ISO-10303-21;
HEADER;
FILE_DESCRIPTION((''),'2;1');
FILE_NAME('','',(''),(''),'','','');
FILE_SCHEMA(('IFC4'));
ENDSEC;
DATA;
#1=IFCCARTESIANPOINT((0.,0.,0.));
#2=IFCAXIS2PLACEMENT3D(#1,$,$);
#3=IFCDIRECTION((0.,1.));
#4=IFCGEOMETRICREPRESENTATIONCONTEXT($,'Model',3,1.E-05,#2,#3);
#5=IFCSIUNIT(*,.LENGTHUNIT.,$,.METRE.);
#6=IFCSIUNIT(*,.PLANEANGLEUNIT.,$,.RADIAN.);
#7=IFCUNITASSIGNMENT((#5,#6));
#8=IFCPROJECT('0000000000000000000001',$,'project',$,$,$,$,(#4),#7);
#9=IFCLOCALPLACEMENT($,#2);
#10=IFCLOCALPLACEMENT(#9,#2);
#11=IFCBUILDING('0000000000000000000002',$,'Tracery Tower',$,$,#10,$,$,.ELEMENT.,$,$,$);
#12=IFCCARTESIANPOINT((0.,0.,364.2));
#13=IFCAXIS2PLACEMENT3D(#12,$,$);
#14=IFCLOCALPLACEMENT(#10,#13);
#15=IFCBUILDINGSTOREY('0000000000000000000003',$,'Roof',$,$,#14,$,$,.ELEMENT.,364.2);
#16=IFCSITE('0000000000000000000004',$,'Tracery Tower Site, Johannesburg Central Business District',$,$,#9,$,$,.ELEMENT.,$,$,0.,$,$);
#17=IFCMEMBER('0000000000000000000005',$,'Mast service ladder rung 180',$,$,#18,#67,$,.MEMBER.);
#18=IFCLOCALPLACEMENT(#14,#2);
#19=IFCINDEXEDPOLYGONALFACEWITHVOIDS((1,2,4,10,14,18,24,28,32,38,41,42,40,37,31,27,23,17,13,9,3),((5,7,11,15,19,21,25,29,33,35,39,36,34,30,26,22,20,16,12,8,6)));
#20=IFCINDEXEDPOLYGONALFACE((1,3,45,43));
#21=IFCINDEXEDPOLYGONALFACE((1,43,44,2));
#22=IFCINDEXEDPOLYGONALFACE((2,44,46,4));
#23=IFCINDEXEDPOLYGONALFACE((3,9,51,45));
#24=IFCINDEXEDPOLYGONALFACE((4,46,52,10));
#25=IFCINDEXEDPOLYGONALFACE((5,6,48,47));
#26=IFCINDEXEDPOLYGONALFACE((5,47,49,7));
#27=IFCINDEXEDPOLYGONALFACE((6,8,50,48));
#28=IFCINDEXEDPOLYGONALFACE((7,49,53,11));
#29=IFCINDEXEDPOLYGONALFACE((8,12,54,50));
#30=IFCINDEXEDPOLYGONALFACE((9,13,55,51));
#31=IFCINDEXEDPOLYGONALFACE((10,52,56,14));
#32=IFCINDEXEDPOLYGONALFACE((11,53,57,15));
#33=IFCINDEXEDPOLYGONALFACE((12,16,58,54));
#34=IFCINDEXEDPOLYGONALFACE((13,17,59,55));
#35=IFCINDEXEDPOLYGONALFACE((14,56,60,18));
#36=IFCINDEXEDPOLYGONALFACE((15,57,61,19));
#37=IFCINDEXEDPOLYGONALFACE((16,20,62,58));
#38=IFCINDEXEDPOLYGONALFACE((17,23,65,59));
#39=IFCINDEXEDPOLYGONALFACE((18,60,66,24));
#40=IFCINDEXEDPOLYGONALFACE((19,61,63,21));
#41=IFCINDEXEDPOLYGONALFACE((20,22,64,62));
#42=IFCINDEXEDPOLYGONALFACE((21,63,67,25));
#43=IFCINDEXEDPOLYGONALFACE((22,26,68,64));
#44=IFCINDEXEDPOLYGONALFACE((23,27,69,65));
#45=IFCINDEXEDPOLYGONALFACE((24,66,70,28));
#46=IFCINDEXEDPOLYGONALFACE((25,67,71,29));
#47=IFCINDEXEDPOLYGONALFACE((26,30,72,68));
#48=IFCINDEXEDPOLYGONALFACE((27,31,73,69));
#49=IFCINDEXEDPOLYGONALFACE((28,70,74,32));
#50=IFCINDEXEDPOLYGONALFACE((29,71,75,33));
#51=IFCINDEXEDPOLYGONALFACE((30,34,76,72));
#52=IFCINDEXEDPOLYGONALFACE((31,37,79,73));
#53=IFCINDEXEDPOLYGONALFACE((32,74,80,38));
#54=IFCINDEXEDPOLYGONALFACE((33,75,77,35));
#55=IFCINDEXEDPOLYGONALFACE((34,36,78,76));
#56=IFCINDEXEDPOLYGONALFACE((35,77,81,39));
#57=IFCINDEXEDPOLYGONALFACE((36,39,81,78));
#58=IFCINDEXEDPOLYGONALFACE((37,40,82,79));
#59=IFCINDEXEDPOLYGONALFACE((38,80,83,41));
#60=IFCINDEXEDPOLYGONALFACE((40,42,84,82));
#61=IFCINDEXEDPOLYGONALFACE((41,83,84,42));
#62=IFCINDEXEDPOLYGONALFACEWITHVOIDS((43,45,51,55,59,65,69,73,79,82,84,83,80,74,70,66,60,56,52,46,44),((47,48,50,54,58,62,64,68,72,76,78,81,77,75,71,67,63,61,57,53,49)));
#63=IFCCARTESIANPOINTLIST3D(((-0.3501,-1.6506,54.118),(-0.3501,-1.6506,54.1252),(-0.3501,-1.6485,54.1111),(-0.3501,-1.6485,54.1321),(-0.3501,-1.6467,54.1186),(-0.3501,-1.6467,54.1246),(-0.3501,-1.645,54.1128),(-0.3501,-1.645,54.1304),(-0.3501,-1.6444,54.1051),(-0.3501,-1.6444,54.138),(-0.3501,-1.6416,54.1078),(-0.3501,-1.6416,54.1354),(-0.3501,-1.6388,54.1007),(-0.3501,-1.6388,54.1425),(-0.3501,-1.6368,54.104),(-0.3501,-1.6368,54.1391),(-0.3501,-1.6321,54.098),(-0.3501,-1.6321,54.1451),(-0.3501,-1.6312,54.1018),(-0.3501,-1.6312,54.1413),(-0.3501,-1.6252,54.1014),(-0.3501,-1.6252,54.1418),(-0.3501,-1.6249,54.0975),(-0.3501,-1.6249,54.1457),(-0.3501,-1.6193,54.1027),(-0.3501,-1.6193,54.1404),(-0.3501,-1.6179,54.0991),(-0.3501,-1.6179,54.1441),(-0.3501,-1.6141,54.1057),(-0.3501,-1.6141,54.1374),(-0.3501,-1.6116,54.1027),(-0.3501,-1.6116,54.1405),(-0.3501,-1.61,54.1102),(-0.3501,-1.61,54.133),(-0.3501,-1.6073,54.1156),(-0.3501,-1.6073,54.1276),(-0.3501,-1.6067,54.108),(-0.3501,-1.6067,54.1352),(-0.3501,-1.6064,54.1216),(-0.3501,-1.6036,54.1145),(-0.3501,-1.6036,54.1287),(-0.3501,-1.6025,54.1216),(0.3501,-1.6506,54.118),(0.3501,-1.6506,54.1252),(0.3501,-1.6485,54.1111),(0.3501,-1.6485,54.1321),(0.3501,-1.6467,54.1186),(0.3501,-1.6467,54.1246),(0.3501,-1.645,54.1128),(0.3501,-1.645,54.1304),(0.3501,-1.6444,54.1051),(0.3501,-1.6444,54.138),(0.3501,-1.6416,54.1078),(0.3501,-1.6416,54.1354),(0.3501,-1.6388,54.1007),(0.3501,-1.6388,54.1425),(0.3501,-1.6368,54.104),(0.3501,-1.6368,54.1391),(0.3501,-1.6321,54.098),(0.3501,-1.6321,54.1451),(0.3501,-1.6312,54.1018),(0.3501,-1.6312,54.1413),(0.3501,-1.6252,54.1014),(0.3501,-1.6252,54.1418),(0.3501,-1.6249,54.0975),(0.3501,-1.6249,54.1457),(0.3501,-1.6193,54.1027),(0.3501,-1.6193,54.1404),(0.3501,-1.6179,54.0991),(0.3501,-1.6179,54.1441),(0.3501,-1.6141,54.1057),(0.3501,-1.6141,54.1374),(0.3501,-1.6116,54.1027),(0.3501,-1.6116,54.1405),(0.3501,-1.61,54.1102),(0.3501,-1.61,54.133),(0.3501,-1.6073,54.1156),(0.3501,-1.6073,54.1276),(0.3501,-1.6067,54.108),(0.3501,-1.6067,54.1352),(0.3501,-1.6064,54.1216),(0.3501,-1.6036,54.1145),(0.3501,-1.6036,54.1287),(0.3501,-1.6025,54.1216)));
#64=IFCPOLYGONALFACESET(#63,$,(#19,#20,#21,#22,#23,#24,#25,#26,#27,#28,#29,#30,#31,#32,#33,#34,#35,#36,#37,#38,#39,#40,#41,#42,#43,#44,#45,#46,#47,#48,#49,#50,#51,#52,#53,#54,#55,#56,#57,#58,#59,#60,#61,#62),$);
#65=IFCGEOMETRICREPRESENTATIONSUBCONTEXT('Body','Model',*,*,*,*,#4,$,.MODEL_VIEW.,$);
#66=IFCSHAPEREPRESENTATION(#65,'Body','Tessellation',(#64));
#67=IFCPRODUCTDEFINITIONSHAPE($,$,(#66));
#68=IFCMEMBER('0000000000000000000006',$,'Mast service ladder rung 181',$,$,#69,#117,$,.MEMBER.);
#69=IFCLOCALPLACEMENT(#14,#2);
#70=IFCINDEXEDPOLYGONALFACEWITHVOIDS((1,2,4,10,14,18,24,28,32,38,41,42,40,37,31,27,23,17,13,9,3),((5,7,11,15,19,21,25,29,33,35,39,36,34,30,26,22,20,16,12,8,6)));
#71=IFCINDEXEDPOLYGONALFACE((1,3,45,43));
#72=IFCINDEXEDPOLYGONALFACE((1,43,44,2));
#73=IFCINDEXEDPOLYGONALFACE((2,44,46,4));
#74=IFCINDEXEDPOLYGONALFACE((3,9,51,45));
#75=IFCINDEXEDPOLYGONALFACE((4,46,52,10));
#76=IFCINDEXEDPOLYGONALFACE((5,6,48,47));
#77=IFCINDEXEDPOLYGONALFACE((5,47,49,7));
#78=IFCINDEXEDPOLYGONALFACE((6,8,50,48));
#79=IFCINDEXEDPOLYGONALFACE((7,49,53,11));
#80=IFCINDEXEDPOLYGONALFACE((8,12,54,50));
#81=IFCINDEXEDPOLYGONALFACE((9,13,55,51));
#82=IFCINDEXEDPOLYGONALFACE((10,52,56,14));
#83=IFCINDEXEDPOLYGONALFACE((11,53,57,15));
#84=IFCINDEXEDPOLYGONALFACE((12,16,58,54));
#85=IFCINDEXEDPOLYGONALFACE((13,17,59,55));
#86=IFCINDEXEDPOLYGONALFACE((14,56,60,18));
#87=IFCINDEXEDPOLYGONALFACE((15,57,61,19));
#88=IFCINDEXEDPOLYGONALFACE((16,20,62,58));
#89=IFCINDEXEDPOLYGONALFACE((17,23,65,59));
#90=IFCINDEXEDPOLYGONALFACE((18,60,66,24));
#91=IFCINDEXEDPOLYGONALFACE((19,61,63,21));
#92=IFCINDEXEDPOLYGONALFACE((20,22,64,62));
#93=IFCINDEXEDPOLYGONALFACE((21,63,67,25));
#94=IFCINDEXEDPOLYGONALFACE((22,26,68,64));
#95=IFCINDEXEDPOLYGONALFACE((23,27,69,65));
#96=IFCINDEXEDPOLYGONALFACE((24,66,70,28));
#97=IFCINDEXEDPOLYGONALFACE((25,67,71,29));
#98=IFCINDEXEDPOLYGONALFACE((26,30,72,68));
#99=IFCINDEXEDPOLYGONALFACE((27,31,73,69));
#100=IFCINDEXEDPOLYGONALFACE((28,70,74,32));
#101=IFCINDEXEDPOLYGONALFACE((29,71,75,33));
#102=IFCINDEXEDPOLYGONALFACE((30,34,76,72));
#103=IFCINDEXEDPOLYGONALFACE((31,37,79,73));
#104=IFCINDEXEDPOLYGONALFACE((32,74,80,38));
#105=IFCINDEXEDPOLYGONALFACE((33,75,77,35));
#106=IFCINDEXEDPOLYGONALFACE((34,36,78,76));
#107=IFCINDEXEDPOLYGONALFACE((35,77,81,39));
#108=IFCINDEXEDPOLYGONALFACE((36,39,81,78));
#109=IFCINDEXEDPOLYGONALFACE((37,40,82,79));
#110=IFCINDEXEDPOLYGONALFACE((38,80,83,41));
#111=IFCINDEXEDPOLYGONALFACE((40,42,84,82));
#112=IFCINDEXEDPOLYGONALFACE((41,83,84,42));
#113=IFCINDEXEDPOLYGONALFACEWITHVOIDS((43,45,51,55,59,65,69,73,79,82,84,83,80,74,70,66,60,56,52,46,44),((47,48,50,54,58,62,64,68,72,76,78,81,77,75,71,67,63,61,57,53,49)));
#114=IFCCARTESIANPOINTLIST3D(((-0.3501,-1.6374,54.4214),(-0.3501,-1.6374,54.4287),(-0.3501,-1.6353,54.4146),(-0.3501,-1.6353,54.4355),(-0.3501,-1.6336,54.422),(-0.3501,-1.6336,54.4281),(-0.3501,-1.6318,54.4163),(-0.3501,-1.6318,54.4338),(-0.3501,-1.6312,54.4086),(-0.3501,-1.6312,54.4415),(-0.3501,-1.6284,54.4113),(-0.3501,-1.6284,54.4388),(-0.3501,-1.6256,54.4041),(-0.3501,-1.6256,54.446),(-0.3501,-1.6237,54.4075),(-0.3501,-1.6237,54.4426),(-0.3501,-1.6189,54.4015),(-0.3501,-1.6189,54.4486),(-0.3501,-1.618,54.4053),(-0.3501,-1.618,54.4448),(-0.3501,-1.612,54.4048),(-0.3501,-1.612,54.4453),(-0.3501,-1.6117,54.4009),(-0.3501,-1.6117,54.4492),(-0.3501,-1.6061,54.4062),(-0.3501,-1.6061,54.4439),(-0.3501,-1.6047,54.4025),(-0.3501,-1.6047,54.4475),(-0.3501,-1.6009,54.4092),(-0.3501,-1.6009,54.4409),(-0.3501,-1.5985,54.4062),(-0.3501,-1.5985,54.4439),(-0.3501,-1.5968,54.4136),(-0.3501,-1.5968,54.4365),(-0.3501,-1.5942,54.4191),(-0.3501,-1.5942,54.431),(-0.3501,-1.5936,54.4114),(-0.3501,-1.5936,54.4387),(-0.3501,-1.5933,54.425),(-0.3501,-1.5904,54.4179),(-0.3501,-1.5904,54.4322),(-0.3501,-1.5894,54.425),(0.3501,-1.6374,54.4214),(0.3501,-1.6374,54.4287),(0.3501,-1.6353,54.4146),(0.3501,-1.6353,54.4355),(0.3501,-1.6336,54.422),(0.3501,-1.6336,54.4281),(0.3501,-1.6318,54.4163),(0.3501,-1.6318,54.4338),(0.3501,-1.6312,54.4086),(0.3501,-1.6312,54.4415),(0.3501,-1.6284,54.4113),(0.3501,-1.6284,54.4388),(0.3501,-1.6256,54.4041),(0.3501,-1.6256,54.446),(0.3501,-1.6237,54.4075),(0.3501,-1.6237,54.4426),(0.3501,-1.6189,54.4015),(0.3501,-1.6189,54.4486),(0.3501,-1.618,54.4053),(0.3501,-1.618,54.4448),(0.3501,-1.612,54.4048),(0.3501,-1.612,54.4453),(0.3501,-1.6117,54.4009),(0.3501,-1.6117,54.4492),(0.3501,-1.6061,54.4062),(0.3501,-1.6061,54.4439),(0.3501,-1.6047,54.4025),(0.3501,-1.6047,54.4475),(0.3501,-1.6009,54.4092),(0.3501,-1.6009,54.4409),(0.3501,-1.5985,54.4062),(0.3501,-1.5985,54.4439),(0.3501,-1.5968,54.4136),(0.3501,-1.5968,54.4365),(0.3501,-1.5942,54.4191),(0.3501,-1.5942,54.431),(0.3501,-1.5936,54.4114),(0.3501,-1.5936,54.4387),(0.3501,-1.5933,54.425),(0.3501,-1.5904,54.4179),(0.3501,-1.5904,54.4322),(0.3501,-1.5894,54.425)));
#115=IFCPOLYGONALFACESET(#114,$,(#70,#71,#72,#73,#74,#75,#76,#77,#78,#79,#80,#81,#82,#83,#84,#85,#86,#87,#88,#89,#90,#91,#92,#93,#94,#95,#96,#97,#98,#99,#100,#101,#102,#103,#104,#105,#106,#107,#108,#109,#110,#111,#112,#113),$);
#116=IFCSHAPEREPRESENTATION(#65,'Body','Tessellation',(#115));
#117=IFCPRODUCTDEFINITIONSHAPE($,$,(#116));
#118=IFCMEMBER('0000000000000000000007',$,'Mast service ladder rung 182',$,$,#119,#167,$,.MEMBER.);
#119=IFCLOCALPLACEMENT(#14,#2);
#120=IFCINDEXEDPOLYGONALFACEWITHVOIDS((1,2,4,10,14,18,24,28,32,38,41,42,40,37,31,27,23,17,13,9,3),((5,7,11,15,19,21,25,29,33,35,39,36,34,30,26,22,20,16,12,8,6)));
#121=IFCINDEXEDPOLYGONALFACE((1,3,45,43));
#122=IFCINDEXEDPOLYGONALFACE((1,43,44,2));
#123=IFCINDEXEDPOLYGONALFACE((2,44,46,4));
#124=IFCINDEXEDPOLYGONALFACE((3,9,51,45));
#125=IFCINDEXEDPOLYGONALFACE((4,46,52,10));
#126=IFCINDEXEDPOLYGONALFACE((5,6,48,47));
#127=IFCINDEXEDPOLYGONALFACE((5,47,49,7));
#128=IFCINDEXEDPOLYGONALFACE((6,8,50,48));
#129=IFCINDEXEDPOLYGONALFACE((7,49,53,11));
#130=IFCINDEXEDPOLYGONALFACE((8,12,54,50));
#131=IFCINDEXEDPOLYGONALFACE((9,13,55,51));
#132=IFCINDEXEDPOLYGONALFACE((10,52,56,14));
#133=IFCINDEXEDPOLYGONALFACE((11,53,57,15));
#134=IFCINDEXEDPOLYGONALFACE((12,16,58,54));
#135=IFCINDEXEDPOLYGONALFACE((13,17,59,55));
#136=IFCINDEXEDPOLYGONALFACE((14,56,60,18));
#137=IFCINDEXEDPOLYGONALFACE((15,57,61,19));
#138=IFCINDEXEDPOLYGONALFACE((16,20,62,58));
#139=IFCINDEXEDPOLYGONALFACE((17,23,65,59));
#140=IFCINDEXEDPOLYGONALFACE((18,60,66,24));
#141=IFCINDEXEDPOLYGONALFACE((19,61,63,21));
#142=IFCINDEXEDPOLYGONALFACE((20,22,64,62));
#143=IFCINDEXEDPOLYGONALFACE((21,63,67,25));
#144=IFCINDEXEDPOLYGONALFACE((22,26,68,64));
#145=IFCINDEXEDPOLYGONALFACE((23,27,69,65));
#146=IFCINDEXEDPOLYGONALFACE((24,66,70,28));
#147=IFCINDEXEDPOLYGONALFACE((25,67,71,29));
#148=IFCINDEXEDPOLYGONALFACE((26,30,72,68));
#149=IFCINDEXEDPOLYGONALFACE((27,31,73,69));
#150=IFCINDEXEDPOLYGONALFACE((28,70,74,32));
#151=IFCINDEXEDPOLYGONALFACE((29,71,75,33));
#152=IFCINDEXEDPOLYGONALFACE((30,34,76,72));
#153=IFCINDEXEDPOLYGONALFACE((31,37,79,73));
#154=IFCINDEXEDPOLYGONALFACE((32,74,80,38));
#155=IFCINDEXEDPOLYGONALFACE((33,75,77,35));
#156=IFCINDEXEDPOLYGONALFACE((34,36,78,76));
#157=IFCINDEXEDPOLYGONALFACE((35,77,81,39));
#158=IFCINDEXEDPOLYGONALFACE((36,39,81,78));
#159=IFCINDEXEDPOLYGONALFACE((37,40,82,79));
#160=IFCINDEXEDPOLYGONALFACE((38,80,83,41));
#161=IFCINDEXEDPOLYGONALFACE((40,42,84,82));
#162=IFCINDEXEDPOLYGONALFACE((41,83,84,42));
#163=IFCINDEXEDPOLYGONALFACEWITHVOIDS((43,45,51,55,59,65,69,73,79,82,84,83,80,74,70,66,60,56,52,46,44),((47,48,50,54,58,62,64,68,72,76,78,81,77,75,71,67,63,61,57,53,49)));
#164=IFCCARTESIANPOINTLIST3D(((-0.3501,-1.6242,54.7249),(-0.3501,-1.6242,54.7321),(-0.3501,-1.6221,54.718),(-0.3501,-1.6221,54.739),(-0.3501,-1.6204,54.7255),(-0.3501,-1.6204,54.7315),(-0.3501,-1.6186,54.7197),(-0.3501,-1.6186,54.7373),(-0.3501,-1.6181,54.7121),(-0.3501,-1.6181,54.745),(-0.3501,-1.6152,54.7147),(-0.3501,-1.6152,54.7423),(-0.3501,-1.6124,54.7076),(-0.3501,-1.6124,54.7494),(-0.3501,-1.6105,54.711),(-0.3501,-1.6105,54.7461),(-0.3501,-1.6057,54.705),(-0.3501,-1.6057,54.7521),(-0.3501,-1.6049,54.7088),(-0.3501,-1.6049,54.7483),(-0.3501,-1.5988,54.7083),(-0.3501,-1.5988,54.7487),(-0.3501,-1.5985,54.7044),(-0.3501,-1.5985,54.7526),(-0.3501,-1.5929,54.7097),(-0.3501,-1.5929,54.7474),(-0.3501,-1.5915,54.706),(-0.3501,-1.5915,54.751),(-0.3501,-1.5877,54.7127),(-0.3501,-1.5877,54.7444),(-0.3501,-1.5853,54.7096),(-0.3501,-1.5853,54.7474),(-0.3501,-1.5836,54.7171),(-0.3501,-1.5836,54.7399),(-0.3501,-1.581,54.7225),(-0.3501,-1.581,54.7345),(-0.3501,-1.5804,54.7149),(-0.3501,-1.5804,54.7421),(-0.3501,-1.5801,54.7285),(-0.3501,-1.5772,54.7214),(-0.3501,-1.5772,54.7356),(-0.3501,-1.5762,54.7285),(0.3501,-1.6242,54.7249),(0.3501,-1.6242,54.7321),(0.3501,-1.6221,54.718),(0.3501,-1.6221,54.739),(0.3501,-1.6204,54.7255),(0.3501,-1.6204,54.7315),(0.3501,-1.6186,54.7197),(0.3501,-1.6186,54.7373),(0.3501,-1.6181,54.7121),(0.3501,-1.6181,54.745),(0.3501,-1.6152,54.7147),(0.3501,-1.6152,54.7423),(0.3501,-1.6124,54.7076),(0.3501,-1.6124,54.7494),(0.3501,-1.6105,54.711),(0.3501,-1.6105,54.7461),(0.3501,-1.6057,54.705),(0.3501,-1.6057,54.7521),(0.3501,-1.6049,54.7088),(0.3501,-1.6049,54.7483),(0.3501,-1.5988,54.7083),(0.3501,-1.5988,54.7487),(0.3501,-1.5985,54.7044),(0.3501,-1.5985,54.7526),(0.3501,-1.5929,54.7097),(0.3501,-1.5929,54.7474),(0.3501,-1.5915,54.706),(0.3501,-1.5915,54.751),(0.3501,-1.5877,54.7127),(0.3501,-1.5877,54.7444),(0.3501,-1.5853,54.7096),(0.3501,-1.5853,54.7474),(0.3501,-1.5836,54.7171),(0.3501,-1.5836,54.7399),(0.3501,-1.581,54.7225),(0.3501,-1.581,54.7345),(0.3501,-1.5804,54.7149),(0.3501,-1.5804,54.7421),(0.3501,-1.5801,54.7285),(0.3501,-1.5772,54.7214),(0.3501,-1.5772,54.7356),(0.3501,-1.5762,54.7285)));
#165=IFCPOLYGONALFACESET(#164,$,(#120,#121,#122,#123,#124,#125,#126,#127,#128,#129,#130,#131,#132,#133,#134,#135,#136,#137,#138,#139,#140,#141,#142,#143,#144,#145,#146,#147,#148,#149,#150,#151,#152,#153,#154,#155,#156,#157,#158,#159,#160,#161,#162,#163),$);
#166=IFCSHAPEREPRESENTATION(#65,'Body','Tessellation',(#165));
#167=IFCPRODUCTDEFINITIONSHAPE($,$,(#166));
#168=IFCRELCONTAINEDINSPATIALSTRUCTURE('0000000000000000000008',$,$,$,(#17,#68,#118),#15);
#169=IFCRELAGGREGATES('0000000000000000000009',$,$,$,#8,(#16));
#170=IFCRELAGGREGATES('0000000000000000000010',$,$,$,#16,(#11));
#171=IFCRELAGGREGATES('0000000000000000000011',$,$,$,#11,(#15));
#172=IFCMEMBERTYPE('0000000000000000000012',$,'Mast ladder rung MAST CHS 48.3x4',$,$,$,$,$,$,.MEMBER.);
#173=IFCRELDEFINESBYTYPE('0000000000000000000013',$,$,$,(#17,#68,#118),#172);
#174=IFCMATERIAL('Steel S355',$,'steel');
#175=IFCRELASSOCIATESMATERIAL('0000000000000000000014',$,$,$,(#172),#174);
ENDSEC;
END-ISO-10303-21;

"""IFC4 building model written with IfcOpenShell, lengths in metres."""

from ifc_helpers import new_model, si_unit, direction, frame, origin, origin_2d, place, context, subcontext, project, spatial, hollow_circle, extrude, material, material_profile, profile_set, type_object, element, save


model = new_model("IFC4")

# Units and contexts
model_context = context("Model", 3, precision=1e-05, world=origin(), true_north=direction((0.0, 1.0)))
body_context = subcontext(model_context, "Body", "Model", "MODEL_VIEW")
ifc_project = project(units=[si_unit("LENGTHUNIT", "METRE"), si_unit("PLANEANGLEUNIT", "RADIAN")], contexts=[model_context])

# Site, building, storey
site_placement = place(None, origin())
site = spatial("IfcSite", under=ifc_project, at=site_placement, Name="Tracery Tower Site, Johannesburg Central Business District", CompositionType="ELEMENT", RefElevation=0.0)
building_placement = place(site_placement, origin())
building = spatial("IfcBuilding", under=site, at=building_placement, Name="Tracery Tower", CompositionType="ELEMENT")
storey_placement = place(building_placement, frame((0.0, 0.0, 364.2)))
storey = spatial("IfcBuildingStorey", under=building, at=storey_placement, Name="Roof", CompositionType="ELEMENT", Elevation=364.2)

# Members
ifc_material_1 = material(Name="Steel S355", Category="steel")
ifc_material_profile_1 = material_profile(ifc_material_1, hollow_circle(Radius=0.0242, WallThickness=0.0039, at=origin_2d()), Name="CHS 48.3x4")
ifc_profile_set_1 = profile_set([ifc_material_profile_1], Name="Steel S355")
member_type_1 = type_object("IfcMemberType", Name="Mast ladder rung MAST CHS 48.3x4", PredefinedType="MEMBER", material=ifc_profile_set_1)
for number, where, z_axis, x_axis, name in (
    (1, (-0.3501, -1.6267, 54.1216), (1.0, 0.0, 0.0), (0.0, 1.0, 0.0), "Mast service ladder rung 180"),
    (2, (-0.3501, -1.6135, 54.425), (1.0, 0.0, 0.0), (0.0, 1.0, 0.0), "Mast service ladder rung 181"),
    (3, (-0.3501, -1.6003, 54.7285), (1.0, 0.0, 0.0), (0.0, 1.0, 0.0), "Mast service ladder rung 182"),
):
    element("IfcMember", number, at=place(storey_placement, frame(where, z_axis=z_axis, x_axis=x_axis)), inside=storey, type_object=member_type_1, Name=name, PredefinedType="MEMBER", context=body_context, shape_type="SweptSolid", body=[
        extrude(hollow_circle(Radius=0.0242, WallThickness=0.0039, at=origin_2d()), origin(), (0.0, 0.0, 1.0), 0.7002),
    ])

save(model, "model.ifc")
